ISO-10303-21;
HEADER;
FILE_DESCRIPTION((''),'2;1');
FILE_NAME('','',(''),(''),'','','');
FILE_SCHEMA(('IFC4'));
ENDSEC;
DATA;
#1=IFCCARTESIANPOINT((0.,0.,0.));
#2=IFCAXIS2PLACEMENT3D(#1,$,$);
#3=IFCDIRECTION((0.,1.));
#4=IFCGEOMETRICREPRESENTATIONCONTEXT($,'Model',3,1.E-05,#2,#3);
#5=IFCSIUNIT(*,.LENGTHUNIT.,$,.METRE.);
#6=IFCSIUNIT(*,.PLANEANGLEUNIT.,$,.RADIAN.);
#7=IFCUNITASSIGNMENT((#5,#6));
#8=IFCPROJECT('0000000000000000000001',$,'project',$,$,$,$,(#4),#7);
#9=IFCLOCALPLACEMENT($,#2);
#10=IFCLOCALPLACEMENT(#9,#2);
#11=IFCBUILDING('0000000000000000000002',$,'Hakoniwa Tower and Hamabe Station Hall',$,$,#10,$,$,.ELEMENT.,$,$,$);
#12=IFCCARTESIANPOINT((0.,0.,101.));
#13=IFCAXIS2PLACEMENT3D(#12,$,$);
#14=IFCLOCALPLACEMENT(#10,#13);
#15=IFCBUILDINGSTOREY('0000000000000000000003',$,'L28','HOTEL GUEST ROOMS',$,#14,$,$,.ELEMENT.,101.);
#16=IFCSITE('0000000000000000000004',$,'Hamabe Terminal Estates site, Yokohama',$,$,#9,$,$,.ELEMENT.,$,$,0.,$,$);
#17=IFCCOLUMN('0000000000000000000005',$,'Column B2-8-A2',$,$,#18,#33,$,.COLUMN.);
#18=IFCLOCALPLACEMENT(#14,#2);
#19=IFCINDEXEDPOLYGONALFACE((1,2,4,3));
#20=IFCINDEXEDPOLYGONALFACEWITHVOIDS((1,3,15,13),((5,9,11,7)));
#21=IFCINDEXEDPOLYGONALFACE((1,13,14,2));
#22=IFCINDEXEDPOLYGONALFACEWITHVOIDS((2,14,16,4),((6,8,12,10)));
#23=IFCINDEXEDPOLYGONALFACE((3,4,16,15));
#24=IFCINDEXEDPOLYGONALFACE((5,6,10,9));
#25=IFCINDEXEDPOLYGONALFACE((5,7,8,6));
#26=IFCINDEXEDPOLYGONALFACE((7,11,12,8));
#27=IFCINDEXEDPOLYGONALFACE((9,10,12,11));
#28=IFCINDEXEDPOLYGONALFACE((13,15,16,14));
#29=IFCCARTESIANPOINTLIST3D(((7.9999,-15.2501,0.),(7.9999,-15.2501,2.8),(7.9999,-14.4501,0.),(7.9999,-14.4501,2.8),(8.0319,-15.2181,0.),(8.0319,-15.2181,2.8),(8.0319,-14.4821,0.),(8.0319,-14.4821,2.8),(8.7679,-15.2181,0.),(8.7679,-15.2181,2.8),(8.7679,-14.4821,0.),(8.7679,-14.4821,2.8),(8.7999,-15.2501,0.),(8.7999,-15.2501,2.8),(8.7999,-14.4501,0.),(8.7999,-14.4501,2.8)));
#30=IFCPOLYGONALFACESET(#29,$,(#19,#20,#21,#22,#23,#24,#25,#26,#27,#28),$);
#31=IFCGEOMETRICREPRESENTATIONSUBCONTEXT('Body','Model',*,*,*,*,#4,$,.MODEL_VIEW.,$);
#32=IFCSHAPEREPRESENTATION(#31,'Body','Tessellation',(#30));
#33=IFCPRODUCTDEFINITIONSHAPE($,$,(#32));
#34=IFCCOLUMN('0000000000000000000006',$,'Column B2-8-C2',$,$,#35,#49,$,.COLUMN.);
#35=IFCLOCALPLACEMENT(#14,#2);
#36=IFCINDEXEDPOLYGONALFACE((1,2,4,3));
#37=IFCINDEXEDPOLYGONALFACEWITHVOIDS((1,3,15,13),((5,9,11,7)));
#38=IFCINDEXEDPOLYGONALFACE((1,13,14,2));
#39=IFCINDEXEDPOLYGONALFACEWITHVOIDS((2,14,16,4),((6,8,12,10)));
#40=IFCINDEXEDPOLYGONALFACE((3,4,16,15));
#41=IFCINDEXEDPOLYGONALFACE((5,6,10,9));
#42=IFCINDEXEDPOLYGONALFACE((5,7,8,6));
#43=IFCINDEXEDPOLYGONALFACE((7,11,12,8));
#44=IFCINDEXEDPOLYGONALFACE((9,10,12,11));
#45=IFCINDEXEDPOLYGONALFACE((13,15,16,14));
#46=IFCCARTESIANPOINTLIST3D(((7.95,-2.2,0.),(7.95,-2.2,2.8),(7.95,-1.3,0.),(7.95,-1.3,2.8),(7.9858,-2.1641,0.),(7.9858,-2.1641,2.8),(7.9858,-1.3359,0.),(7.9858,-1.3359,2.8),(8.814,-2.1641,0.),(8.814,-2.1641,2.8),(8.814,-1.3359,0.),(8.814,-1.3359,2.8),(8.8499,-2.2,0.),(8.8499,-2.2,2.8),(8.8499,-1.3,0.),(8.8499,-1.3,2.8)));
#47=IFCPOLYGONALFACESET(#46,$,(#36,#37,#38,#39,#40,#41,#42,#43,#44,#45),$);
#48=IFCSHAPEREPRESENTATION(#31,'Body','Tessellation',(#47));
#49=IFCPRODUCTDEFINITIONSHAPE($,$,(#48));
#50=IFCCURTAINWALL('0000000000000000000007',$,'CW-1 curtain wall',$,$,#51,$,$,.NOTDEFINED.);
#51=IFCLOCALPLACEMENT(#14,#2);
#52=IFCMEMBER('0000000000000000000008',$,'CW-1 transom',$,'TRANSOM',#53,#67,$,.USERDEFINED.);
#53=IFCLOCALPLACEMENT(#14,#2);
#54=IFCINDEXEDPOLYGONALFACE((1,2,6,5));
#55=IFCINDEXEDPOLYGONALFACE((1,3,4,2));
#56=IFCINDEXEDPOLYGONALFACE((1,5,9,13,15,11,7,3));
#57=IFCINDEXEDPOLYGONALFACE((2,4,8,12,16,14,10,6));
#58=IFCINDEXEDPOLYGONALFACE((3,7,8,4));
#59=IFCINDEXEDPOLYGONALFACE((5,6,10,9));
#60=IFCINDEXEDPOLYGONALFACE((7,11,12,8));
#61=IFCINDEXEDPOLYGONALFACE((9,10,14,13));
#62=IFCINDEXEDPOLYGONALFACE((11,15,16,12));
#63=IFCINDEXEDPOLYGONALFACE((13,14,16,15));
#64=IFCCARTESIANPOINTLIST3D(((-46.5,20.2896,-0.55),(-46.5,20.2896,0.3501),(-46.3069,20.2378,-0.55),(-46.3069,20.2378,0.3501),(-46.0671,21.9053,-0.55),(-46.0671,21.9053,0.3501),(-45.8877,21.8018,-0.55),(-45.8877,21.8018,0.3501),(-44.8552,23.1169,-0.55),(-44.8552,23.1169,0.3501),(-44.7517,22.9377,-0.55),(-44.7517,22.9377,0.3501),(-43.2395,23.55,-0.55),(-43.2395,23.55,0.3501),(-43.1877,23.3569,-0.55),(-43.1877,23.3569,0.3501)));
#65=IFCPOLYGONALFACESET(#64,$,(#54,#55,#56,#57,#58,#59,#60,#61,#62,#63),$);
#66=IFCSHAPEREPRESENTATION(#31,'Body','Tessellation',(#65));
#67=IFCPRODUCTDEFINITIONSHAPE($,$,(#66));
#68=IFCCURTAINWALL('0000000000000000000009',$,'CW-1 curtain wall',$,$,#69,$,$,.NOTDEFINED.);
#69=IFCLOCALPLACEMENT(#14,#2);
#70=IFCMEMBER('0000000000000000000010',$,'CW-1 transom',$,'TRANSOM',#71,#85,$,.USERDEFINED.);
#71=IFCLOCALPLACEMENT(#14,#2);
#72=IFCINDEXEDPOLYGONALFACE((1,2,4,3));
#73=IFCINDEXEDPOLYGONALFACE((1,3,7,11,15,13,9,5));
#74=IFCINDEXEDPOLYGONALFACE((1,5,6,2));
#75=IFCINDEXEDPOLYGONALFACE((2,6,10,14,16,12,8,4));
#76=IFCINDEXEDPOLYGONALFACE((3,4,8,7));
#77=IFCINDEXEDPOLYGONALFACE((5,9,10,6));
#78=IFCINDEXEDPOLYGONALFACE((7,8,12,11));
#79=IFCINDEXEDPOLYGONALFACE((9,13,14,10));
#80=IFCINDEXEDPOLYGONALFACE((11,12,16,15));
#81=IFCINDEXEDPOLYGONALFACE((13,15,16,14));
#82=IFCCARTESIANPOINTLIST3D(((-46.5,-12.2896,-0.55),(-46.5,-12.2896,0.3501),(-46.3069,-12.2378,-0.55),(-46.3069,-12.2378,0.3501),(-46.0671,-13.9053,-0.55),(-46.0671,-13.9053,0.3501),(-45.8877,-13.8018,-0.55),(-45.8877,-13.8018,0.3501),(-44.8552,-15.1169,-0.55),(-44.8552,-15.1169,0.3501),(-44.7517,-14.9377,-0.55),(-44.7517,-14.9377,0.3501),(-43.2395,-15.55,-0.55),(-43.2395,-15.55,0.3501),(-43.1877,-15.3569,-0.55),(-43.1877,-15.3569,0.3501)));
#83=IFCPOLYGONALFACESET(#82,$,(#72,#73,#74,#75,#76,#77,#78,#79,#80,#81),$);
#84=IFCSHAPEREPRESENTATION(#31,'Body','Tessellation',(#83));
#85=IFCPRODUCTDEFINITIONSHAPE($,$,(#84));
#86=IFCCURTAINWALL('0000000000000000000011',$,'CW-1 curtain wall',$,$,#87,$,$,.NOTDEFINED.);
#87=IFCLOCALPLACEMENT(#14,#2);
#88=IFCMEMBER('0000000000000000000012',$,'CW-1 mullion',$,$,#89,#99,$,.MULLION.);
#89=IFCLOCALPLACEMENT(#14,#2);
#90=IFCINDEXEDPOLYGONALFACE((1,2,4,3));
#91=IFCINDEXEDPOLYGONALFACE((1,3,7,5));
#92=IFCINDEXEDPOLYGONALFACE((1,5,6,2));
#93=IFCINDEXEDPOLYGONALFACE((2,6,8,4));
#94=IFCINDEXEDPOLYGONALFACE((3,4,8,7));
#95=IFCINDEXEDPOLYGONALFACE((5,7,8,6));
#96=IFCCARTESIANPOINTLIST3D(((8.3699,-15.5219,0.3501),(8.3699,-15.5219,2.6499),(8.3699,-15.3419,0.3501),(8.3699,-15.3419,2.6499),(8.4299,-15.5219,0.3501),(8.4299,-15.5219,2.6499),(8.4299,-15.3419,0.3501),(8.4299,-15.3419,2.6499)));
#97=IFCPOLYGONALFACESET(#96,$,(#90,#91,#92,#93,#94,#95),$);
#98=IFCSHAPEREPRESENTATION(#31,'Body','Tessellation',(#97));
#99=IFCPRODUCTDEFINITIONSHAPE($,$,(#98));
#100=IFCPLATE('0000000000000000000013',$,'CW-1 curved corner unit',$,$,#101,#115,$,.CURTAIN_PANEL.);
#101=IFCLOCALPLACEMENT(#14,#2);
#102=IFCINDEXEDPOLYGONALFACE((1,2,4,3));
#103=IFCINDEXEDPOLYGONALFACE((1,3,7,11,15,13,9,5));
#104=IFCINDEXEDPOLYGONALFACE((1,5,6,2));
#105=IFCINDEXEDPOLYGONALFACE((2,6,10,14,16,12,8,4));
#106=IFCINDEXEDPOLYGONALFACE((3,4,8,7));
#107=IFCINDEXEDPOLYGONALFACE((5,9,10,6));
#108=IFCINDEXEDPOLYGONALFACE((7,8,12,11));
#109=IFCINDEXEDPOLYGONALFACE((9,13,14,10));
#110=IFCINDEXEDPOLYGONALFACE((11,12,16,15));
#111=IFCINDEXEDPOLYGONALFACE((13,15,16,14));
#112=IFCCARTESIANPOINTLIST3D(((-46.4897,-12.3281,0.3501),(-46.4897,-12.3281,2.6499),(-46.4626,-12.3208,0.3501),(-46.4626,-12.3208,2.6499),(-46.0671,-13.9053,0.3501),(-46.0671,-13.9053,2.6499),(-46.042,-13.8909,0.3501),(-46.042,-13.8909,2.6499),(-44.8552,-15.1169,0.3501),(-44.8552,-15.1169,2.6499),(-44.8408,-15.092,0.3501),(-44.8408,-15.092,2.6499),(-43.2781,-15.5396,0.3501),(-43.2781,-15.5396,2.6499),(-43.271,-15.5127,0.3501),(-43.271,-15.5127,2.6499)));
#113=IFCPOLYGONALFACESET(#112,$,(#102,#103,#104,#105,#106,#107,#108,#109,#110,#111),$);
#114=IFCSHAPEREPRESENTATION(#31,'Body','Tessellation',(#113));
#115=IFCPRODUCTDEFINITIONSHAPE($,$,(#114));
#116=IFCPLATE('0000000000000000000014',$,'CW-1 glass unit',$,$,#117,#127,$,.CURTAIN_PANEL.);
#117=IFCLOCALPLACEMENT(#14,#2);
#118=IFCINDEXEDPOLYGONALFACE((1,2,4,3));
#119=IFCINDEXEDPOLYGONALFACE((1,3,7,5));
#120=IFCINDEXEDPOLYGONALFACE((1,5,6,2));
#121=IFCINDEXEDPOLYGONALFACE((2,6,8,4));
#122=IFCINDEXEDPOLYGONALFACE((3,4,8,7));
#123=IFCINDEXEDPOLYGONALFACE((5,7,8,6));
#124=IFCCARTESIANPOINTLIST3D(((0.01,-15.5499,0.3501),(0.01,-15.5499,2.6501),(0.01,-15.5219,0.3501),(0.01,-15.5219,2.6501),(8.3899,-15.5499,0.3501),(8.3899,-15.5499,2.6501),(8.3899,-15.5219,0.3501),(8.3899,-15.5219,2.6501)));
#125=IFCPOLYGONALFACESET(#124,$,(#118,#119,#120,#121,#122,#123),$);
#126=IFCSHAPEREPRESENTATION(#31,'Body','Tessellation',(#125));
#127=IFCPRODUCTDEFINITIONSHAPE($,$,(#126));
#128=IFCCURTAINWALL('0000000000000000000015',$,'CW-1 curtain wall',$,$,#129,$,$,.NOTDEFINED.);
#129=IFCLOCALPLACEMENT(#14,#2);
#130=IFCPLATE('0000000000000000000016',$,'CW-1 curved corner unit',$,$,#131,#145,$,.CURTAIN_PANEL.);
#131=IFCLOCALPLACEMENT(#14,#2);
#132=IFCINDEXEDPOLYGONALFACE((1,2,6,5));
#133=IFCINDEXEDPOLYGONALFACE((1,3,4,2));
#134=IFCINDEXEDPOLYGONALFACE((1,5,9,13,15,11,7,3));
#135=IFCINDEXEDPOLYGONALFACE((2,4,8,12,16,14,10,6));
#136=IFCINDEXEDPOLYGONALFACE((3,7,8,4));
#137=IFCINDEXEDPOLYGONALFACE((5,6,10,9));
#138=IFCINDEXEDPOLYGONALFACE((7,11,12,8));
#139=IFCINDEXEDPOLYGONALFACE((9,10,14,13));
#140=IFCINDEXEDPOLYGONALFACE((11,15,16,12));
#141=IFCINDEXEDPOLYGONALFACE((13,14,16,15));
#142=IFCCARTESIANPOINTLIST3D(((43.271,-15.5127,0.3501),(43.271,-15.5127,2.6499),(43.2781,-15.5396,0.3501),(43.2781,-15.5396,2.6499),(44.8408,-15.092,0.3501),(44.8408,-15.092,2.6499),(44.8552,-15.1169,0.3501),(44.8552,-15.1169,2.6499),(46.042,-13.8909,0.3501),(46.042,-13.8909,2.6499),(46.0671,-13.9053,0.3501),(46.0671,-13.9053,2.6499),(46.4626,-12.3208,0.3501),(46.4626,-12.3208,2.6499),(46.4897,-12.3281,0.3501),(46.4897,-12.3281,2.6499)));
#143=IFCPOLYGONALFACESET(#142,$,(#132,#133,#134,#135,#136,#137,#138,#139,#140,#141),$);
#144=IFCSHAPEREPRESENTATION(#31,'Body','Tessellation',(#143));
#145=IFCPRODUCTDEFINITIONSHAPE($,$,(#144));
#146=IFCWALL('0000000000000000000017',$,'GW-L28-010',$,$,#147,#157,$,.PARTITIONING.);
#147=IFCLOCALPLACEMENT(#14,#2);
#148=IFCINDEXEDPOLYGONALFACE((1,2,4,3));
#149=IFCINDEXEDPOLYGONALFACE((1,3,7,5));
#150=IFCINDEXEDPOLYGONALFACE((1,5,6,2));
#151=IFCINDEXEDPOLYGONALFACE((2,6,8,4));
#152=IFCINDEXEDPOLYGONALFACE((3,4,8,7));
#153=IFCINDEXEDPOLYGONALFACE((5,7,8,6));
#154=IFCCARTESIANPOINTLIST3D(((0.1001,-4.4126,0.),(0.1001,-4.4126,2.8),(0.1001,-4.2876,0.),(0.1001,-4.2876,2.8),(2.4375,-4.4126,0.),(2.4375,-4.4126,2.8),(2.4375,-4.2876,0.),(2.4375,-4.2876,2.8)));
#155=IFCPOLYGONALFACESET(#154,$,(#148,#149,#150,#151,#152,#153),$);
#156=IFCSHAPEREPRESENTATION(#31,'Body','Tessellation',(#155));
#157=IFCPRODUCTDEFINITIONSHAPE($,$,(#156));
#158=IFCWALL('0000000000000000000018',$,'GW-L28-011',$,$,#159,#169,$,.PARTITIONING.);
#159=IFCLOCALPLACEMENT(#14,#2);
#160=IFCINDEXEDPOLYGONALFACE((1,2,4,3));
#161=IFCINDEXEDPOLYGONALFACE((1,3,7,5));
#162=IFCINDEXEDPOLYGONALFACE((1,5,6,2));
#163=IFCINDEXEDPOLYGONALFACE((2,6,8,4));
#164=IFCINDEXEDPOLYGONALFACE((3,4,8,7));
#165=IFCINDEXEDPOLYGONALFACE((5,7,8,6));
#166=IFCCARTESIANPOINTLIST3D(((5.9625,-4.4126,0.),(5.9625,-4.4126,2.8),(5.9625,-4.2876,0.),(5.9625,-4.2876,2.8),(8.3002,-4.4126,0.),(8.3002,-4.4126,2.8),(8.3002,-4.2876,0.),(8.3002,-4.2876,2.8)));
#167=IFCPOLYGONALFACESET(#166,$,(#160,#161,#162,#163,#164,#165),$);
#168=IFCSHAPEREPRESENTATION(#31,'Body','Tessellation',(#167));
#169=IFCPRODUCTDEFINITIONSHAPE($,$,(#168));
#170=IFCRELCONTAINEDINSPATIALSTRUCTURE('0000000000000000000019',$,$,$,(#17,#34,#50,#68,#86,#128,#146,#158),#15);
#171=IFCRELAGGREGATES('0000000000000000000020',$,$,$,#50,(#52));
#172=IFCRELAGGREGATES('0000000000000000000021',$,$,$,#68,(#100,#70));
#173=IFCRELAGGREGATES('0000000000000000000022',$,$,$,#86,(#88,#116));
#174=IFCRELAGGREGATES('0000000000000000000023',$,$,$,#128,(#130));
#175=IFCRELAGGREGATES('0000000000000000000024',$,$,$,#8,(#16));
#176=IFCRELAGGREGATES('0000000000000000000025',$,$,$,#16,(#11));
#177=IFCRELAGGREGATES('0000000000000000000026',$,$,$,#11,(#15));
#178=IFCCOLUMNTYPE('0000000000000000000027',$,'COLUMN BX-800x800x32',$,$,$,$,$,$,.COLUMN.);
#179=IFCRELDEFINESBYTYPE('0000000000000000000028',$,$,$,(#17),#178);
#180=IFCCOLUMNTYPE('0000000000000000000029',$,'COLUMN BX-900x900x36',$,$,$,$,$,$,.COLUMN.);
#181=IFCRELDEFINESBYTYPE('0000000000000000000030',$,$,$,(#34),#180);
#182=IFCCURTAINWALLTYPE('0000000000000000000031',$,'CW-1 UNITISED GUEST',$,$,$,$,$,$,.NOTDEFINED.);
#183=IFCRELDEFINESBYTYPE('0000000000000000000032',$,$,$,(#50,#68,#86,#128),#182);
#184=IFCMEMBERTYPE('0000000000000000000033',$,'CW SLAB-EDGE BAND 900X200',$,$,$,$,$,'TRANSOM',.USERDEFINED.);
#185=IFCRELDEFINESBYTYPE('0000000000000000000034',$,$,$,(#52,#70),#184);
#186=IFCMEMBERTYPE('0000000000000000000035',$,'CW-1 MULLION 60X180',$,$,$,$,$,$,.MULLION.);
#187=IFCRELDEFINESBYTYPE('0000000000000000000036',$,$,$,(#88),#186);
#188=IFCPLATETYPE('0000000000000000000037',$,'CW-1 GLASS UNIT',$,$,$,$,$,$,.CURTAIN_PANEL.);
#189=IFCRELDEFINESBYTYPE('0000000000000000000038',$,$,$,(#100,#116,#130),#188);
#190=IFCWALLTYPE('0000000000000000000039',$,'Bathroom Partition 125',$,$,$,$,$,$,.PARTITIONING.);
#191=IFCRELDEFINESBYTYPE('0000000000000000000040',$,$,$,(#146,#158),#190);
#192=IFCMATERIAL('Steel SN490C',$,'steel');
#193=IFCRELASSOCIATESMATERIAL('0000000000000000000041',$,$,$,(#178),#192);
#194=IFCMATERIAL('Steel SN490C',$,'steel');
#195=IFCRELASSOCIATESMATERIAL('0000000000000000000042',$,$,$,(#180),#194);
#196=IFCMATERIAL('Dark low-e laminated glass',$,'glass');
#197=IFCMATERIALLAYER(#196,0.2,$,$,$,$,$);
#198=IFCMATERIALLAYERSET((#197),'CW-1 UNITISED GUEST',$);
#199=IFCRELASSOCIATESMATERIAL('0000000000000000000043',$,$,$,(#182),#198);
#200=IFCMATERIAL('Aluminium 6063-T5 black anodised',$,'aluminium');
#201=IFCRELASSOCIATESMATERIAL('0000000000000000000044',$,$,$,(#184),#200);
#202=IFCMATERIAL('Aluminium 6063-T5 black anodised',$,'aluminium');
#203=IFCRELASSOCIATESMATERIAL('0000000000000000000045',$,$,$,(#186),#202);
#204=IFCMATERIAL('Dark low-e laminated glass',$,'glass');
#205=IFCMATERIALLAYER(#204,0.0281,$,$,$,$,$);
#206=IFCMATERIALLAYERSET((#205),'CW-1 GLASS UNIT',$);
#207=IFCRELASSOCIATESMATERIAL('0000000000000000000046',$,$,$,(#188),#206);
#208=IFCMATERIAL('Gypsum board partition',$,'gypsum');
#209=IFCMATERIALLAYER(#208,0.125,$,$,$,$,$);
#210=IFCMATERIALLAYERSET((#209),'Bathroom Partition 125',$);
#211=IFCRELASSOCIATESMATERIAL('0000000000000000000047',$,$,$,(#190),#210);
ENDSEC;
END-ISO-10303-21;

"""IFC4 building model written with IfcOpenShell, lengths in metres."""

from ifc_helpers import new_model, si_unit, direction, frame, frame_2d, origin, origin_2d, place, context, subcontext, project, spatial, polyline, rectangle, hollow_rectangle, outline, extrude, material, layer, layer_set, material_profile, profile_set, type_object, element, aggregate, save


model = new_model("IFC4")

# Units and contexts
model_context = context("Model", 3, precision=1e-05, world=origin(), true_north=direction((0.0, 1.0)))
body_context = subcontext(model_context, "Body", "Model", "MODEL_VIEW")
ifc_project = project(units=[si_unit("LENGTHUNIT", "METRE"), si_unit("PLANEANGLEUNIT", "RADIAN")], contexts=[model_context])

# Site, building, storey
site_placement = place(None, origin())
site = spatial("IfcSite", under=ifc_project, at=site_placement, Name="Hamabe Terminal Estates site, Yokohama", CompositionType="ELEMENT", RefElevation=0.0)
building_placement = place(site_placement, origin())
building = spatial("IfcBuilding", under=site, at=building_placement, Name="Hakoniwa Tower and Hamabe Station Hall", CompositionType="ELEMENT")
storey_placement = place(building_placement, frame((0.0, 0.0, 101.0)))
storey = spatial("IfcBuildingStorey", under=building, at=storey_placement, Name="L28", Description="HOTEL GUEST ROOMS", CompositionType="ELEMENT", Elevation=101.0)

# Columns
ifc_material_1 = material(Name="Steel SN490C", Category="steel")
ifc_material_profile_1 = material_profile(ifc_material_1, hollow_rectangle(XDim=0.8, YDim=0.8, WallThickness=0.032, at=origin_2d()), Name="BX-800x800x32")
ifc_profile_set_1 = profile_set([ifc_material_profile_1], Name="Steel SN490C")
column_type_1 = type_object("IfcColumnType", Name="COLUMN BX-800x800x32", PredefinedType="COLUMN", material=ifc_profile_set_1)
column_1_placement = place(storey_placement, frame((8.3999, -14.8501, 0.0), z_axis=(0.0, 0.0, 1.0), x_axis=(1.0, 0.0, 0.0)))
element("IfcColumn", 1, at=column_1_placement, inside=storey, type_object=column_type_1, Name="Column B2-8-A2", PredefinedType="COLUMN", context=body_context, shape_type="SweptSolid", body=[
    extrude(hollow_rectangle(XDim=0.8, YDim=0.8, WallThickness=0.032, at=origin_2d()), origin(), (0.0, 0.0, 1.0), 2.8),
])
ifc_material_2 = material(Name="Steel SN490C", Category="steel")
ifc_material_profile_2 = material_profile(ifc_material_2, hollow_rectangle(XDim=0.8999, YDim=0.8999, WallThickness=0.0359, at=origin_2d()), Name="BX-900x900x36")
ifc_profile_set_2 = profile_set([ifc_material_profile_2], Name="Steel SN490C")
column_type_2 = type_object("IfcColumnType", Name="COLUMN BX-900x900x36", PredefinedType="COLUMN", material=ifc_profile_set_2)
column_2_placement = place(storey_placement, frame((8.3999, -1.75, 0.0), z_axis=(0.0, 0.0, 1.0), x_axis=(1.0, 0.0, 0.0)))
element("IfcColumn", 2, at=column_2_placement, inside=storey, type_object=column_type_2, Name="Column B2-8-C2", PredefinedType="COLUMN", context=body_context, shape_type="SweptSolid", body=[
    extrude(hollow_rectangle(XDim=0.8999, YDim=0.8999, WallThickness=0.0359, at=origin_2d()), origin(), (0.0, 0.0, 1.0), 2.8),
])

# Curtain walls, members
ifc_material_3 = material(Name="Dark low-e laminated glass", Category="glass")
ifc_layer_1 = layer(ifc_material_3, 0.2)
ifc_layer_set_1 = layer_set([ifc_layer_1], Name="CW-1 UNITISED GUEST")
curtain_wall_type = type_object("IfcCurtainWallType", Name="CW-1 UNITISED GUEST", PredefinedType="NOTDEFINED", material=ifc_layer_set_1)
curtain_wall_1_placement = place(storey_placement, origin())
curtain_wall_1 = element("IfcCurtainWall", 3, at=curtain_wall_1_placement, inside=storey, type_object=curtain_wall_type, Name="CW-1 curtain wall", PredefinedType="NOTDEFINED")
ifc_material_4 = material(Name="Aluminium 6063-T5 black anodised", Category="aluminium")
ifc_material_profile_3 = material_profile(ifc_material_4, rectangle(XDim=0.2, YDim=0.8999, at=origin_2d()), Name="CW SLAB-EDGE BAND 900X200")
ifc_profile_set_3 = profile_set([ifc_material_profile_3], Name="Aluminium 6063-T5 black anodised")
member_type_1 = type_object("IfcMemberType", Name="CW SLAB-EDGE BAND 900X200", ElementType="TRANSOM", PredefinedType="USERDEFINED", material=ifc_profile_set_3)
member_1_placement = place(storey_placement, frame((0.0, 0.0, -0.55)))
member_1 = element("IfcMember", 4, at=member_1_placement, type_object=member_type_1, Name="CW-1 transom", ObjectType="TRANSOM", PredefinedType="USERDEFINED", context=body_context, shape_type="SweptSolid", body=[
    extrude(outline(polyline([(-43.2395, 23.55), (-44.8552, 23.1169), (-46.0671, 21.9053), (-46.5, 20.2896), (-46.3069, 20.2378), (-45.8877, 21.8018), (-44.7517, 22.9377), (-43.1877, 23.3569), (-43.2395, 23.55)])), origin(), (0.0, 0.0, 1.0), 0.9001),
])
aggregate(curtain_wall_1, [member_1])
curtain_wall_2_placement = place(storey_placement, origin())
curtain_wall_2 = element("IfcCurtainWall", 5, at=curtain_wall_2_placement, inside=storey, type_object=curtain_wall_type, Name="CW-1 curtain wall", PredefinedType="NOTDEFINED")
member_2_placement = place(storey_placement, frame((0.0, 0.0, -0.55)))
member_2 = element("IfcMember", 6, at=member_2_placement, type_object=member_type_1, Name="CW-1 transom", ObjectType="TRANSOM", PredefinedType="USERDEFINED", context=body_context, shape_type="SweptSolid", body=[
    extrude(outline(polyline([(-46.5, -12.2896), (-46.0671, -13.9053), (-44.8552, -15.1169), (-43.2395, -15.55), (-43.1877, -15.3569), (-44.7517, -14.9377), (-45.8877, -13.8018), (-46.3069, -12.2378), (-46.5, -12.2896)])), origin(), (0.0, 0.0, 1.0), 0.9001),
])
curtain_wall_3_placement = place(storey_placement, origin())
curtain_wall_3 = element("IfcCurtainWall", 7, at=curtain_wall_3_placement, inside=storey, type_object=curtain_wall_type, Name="CW-1 curtain wall", PredefinedType="NOTDEFINED")
ifc_material_5 = material(Name="Aluminium 6063-T5 black anodised", Category="aluminium")
ifc_material_profile_4 = material_profile(ifc_material_5, rectangle(XDim=0.0601, YDim=0.1799, at=origin_2d()), Name="CW-1 MULLION 60X180")
ifc_profile_set_4 = profile_set([ifc_material_profile_4], Name="Aluminium 6063-T5 black anodised")
member_type_2 = type_object("IfcMemberType", Name="CW-1 MULLION 60X180", PredefinedType="MULLION", material=ifc_profile_set_4)
member_3_placement = place(storey_placement, frame((8.3999, -15.4319, 0.3501), z_axis=(0.0, 0.0, 1.0), x_axis=(1.0, 0.0, 0.0)))
member_3 = element("IfcMember", 8, at=member_3_placement, type_object=member_type_2, Name="CW-1 mullion", PredefinedType="MULLION", context=body_context, shape_type="SweptSolid", body=[
    extrude(rectangle(XDim=0.0601, YDim=0.1799, at=origin_2d()), origin(), (0.0, 0.0, 1.0), 2.2998),
])

# Plates
ifc_material_6 = material(Name="Dark low-e laminated glass", Category="glass")
ifc_layer_2 = layer(ifc_material_6, 0.0281)
ifc_layer_set_2 = layer_set([ifc_layer_2], Name="CW-1 GLASS UNIT")
plate_type = type_object("IfcPlateType", Name="CW-1 GLASS UNIT", PredefinedType="CURTAIN_PANEL", material=ifc_layer_set_2)
plate_1_placement = place(storey_placement, frame((0.0, 0.0, 0.3501)))
plate_1 = element("IfcPlate", 9, at=plate_1_placement, type_object=plate_type, Name="CW-1 curved corner unit", PredefinedType="CURTAIN_PANEL", context=body_context, shape_type="SweptSolid", body=[
    extrude(outline(polyline([(-46.4897, -12.3281), (-46.0671, -13.9053), (-44.8552, -15.1169), (-43.2781, -15.5396), (-43.271, -15.5127), (-44.8408, -15.092), (-46.042, -13.8909), (-46.4626, -12.3208), (-46.4897, -12.3281)])), origin(), (0.0, 0.0, 1.0), 2.2998),
])
aggregate(curtain_wall_2, [plate_1, member_2])
plate_2_placement = place(storey_placement, frame((4.2, -15.5359, 0.3501), z_axis=(0.0, 0.0, 1.0), x_axis=(1.0, 0.0, 0.0)))
plate_2 = element("IfcPlate", 10, at=plate_2_placement, type_object=plate_type, Name="CW-1 glass unit", PredefinedType="CURTAIN_PANEL", context=body_context, shape_type="SweptSolid", body=[
    extrude(rectangle(XDim=8.3799, YDim=0.0281, at=origin_2d()), origin(), (0.0, 0.0, 1.0), 2.3),
])
aggregate(curtain_wall_3, [member_3, plate_2])

# Curtain wall, plate
curtain_wall_4_placement = place(storey_placement, origin())
curtain_wall_4 = element("IfcCurtainWall", 11, at=curtain_wall_4_placement, inside=storey, type_object=curtain_wall_type, Name="CW-1 curtain wall", PredefinedType="NOTDEFINED")
plate_3_placement = place(storey_placement, frame((0.0, 0.0, 0.3501)))
plate_3 = element("IfcPlate", 12, at=plate_3_placement, type_object=plate_type, Name="CW-1 curved corner unit", PredefinedType="CURTAIN_PANEL", context=body_context, shape_type="SweptSolid", body=[
    extrude(outline(polyline([(43.2781, -15.5396), (44.8552, -15.1169), (46.0671, -13.9053), (46.4897, -12.3281), (46.4626, -12.3208), (46.042, -13.8909), (44.8408, -15.092), (43.271, -15.5127), (43.2781, -15.5396)])), origin(), (0.0, 0.0, 1.0), 2.2998),
])
aggregate(curtain_wall_4, [plate_3])

# Walls
ifc_material_7 = material(Name="Gypsum board partition", Category="gypsum")
ifc_layer_3 = layer(ifc_material_7, 0.125)
ifc_layer_set_3 = layer_set([ifc_layer_3], Name="Bathroom Partition 125")
wall_type_1 = type_object("IfcWallType", Name="Bathroom Partition 125", PredefinedType="PARTITIONING", material=ifc_layer_set_3)
wall_1_placement = place(storey_placement, frame((0.1001, -4.3501, 0.0), z_axis=(0.0, 0.0, 1.0), x_axis=(1.0, 0.0, 0.0)))
element("IfcWall", 13, at=wall_1_placement, inside=storey, type_object=wall_type_1, Name="GW-L28-010", PredefinedType="PARTITIONING", context=body_context, shape_type="SweptSolid", body=[
    extrude(rectangle(XDim=2.3374, YDim=0.125, at=frame_2d((1.1687, 0.0))), origin(), (0.0, 0.0, 1.0), 2.8),
])
wall_2_placement = place(storey_placement, frame((5.9624, -4.3501, 0.0), z_axis=(0.0, 0.0, 1.0), x_axis=(1.0, 0.0, 0.0)))
element("IfcWall", 14, at=wall_2_placement, inside=storey, type_object=wall_type_1, Name="GW-L28-011", PredefinedType="PARTITIONING", context=body_context, shape_type="SweptSolid", body=[
    extrude(rectangle(XDim=2.3376, YDim=0.125, at=frame_2d((1.1689, 0.0))), origin(), (0.0, 0.0, 1.0), 2.8),
])

save(model, "model.ifc")
